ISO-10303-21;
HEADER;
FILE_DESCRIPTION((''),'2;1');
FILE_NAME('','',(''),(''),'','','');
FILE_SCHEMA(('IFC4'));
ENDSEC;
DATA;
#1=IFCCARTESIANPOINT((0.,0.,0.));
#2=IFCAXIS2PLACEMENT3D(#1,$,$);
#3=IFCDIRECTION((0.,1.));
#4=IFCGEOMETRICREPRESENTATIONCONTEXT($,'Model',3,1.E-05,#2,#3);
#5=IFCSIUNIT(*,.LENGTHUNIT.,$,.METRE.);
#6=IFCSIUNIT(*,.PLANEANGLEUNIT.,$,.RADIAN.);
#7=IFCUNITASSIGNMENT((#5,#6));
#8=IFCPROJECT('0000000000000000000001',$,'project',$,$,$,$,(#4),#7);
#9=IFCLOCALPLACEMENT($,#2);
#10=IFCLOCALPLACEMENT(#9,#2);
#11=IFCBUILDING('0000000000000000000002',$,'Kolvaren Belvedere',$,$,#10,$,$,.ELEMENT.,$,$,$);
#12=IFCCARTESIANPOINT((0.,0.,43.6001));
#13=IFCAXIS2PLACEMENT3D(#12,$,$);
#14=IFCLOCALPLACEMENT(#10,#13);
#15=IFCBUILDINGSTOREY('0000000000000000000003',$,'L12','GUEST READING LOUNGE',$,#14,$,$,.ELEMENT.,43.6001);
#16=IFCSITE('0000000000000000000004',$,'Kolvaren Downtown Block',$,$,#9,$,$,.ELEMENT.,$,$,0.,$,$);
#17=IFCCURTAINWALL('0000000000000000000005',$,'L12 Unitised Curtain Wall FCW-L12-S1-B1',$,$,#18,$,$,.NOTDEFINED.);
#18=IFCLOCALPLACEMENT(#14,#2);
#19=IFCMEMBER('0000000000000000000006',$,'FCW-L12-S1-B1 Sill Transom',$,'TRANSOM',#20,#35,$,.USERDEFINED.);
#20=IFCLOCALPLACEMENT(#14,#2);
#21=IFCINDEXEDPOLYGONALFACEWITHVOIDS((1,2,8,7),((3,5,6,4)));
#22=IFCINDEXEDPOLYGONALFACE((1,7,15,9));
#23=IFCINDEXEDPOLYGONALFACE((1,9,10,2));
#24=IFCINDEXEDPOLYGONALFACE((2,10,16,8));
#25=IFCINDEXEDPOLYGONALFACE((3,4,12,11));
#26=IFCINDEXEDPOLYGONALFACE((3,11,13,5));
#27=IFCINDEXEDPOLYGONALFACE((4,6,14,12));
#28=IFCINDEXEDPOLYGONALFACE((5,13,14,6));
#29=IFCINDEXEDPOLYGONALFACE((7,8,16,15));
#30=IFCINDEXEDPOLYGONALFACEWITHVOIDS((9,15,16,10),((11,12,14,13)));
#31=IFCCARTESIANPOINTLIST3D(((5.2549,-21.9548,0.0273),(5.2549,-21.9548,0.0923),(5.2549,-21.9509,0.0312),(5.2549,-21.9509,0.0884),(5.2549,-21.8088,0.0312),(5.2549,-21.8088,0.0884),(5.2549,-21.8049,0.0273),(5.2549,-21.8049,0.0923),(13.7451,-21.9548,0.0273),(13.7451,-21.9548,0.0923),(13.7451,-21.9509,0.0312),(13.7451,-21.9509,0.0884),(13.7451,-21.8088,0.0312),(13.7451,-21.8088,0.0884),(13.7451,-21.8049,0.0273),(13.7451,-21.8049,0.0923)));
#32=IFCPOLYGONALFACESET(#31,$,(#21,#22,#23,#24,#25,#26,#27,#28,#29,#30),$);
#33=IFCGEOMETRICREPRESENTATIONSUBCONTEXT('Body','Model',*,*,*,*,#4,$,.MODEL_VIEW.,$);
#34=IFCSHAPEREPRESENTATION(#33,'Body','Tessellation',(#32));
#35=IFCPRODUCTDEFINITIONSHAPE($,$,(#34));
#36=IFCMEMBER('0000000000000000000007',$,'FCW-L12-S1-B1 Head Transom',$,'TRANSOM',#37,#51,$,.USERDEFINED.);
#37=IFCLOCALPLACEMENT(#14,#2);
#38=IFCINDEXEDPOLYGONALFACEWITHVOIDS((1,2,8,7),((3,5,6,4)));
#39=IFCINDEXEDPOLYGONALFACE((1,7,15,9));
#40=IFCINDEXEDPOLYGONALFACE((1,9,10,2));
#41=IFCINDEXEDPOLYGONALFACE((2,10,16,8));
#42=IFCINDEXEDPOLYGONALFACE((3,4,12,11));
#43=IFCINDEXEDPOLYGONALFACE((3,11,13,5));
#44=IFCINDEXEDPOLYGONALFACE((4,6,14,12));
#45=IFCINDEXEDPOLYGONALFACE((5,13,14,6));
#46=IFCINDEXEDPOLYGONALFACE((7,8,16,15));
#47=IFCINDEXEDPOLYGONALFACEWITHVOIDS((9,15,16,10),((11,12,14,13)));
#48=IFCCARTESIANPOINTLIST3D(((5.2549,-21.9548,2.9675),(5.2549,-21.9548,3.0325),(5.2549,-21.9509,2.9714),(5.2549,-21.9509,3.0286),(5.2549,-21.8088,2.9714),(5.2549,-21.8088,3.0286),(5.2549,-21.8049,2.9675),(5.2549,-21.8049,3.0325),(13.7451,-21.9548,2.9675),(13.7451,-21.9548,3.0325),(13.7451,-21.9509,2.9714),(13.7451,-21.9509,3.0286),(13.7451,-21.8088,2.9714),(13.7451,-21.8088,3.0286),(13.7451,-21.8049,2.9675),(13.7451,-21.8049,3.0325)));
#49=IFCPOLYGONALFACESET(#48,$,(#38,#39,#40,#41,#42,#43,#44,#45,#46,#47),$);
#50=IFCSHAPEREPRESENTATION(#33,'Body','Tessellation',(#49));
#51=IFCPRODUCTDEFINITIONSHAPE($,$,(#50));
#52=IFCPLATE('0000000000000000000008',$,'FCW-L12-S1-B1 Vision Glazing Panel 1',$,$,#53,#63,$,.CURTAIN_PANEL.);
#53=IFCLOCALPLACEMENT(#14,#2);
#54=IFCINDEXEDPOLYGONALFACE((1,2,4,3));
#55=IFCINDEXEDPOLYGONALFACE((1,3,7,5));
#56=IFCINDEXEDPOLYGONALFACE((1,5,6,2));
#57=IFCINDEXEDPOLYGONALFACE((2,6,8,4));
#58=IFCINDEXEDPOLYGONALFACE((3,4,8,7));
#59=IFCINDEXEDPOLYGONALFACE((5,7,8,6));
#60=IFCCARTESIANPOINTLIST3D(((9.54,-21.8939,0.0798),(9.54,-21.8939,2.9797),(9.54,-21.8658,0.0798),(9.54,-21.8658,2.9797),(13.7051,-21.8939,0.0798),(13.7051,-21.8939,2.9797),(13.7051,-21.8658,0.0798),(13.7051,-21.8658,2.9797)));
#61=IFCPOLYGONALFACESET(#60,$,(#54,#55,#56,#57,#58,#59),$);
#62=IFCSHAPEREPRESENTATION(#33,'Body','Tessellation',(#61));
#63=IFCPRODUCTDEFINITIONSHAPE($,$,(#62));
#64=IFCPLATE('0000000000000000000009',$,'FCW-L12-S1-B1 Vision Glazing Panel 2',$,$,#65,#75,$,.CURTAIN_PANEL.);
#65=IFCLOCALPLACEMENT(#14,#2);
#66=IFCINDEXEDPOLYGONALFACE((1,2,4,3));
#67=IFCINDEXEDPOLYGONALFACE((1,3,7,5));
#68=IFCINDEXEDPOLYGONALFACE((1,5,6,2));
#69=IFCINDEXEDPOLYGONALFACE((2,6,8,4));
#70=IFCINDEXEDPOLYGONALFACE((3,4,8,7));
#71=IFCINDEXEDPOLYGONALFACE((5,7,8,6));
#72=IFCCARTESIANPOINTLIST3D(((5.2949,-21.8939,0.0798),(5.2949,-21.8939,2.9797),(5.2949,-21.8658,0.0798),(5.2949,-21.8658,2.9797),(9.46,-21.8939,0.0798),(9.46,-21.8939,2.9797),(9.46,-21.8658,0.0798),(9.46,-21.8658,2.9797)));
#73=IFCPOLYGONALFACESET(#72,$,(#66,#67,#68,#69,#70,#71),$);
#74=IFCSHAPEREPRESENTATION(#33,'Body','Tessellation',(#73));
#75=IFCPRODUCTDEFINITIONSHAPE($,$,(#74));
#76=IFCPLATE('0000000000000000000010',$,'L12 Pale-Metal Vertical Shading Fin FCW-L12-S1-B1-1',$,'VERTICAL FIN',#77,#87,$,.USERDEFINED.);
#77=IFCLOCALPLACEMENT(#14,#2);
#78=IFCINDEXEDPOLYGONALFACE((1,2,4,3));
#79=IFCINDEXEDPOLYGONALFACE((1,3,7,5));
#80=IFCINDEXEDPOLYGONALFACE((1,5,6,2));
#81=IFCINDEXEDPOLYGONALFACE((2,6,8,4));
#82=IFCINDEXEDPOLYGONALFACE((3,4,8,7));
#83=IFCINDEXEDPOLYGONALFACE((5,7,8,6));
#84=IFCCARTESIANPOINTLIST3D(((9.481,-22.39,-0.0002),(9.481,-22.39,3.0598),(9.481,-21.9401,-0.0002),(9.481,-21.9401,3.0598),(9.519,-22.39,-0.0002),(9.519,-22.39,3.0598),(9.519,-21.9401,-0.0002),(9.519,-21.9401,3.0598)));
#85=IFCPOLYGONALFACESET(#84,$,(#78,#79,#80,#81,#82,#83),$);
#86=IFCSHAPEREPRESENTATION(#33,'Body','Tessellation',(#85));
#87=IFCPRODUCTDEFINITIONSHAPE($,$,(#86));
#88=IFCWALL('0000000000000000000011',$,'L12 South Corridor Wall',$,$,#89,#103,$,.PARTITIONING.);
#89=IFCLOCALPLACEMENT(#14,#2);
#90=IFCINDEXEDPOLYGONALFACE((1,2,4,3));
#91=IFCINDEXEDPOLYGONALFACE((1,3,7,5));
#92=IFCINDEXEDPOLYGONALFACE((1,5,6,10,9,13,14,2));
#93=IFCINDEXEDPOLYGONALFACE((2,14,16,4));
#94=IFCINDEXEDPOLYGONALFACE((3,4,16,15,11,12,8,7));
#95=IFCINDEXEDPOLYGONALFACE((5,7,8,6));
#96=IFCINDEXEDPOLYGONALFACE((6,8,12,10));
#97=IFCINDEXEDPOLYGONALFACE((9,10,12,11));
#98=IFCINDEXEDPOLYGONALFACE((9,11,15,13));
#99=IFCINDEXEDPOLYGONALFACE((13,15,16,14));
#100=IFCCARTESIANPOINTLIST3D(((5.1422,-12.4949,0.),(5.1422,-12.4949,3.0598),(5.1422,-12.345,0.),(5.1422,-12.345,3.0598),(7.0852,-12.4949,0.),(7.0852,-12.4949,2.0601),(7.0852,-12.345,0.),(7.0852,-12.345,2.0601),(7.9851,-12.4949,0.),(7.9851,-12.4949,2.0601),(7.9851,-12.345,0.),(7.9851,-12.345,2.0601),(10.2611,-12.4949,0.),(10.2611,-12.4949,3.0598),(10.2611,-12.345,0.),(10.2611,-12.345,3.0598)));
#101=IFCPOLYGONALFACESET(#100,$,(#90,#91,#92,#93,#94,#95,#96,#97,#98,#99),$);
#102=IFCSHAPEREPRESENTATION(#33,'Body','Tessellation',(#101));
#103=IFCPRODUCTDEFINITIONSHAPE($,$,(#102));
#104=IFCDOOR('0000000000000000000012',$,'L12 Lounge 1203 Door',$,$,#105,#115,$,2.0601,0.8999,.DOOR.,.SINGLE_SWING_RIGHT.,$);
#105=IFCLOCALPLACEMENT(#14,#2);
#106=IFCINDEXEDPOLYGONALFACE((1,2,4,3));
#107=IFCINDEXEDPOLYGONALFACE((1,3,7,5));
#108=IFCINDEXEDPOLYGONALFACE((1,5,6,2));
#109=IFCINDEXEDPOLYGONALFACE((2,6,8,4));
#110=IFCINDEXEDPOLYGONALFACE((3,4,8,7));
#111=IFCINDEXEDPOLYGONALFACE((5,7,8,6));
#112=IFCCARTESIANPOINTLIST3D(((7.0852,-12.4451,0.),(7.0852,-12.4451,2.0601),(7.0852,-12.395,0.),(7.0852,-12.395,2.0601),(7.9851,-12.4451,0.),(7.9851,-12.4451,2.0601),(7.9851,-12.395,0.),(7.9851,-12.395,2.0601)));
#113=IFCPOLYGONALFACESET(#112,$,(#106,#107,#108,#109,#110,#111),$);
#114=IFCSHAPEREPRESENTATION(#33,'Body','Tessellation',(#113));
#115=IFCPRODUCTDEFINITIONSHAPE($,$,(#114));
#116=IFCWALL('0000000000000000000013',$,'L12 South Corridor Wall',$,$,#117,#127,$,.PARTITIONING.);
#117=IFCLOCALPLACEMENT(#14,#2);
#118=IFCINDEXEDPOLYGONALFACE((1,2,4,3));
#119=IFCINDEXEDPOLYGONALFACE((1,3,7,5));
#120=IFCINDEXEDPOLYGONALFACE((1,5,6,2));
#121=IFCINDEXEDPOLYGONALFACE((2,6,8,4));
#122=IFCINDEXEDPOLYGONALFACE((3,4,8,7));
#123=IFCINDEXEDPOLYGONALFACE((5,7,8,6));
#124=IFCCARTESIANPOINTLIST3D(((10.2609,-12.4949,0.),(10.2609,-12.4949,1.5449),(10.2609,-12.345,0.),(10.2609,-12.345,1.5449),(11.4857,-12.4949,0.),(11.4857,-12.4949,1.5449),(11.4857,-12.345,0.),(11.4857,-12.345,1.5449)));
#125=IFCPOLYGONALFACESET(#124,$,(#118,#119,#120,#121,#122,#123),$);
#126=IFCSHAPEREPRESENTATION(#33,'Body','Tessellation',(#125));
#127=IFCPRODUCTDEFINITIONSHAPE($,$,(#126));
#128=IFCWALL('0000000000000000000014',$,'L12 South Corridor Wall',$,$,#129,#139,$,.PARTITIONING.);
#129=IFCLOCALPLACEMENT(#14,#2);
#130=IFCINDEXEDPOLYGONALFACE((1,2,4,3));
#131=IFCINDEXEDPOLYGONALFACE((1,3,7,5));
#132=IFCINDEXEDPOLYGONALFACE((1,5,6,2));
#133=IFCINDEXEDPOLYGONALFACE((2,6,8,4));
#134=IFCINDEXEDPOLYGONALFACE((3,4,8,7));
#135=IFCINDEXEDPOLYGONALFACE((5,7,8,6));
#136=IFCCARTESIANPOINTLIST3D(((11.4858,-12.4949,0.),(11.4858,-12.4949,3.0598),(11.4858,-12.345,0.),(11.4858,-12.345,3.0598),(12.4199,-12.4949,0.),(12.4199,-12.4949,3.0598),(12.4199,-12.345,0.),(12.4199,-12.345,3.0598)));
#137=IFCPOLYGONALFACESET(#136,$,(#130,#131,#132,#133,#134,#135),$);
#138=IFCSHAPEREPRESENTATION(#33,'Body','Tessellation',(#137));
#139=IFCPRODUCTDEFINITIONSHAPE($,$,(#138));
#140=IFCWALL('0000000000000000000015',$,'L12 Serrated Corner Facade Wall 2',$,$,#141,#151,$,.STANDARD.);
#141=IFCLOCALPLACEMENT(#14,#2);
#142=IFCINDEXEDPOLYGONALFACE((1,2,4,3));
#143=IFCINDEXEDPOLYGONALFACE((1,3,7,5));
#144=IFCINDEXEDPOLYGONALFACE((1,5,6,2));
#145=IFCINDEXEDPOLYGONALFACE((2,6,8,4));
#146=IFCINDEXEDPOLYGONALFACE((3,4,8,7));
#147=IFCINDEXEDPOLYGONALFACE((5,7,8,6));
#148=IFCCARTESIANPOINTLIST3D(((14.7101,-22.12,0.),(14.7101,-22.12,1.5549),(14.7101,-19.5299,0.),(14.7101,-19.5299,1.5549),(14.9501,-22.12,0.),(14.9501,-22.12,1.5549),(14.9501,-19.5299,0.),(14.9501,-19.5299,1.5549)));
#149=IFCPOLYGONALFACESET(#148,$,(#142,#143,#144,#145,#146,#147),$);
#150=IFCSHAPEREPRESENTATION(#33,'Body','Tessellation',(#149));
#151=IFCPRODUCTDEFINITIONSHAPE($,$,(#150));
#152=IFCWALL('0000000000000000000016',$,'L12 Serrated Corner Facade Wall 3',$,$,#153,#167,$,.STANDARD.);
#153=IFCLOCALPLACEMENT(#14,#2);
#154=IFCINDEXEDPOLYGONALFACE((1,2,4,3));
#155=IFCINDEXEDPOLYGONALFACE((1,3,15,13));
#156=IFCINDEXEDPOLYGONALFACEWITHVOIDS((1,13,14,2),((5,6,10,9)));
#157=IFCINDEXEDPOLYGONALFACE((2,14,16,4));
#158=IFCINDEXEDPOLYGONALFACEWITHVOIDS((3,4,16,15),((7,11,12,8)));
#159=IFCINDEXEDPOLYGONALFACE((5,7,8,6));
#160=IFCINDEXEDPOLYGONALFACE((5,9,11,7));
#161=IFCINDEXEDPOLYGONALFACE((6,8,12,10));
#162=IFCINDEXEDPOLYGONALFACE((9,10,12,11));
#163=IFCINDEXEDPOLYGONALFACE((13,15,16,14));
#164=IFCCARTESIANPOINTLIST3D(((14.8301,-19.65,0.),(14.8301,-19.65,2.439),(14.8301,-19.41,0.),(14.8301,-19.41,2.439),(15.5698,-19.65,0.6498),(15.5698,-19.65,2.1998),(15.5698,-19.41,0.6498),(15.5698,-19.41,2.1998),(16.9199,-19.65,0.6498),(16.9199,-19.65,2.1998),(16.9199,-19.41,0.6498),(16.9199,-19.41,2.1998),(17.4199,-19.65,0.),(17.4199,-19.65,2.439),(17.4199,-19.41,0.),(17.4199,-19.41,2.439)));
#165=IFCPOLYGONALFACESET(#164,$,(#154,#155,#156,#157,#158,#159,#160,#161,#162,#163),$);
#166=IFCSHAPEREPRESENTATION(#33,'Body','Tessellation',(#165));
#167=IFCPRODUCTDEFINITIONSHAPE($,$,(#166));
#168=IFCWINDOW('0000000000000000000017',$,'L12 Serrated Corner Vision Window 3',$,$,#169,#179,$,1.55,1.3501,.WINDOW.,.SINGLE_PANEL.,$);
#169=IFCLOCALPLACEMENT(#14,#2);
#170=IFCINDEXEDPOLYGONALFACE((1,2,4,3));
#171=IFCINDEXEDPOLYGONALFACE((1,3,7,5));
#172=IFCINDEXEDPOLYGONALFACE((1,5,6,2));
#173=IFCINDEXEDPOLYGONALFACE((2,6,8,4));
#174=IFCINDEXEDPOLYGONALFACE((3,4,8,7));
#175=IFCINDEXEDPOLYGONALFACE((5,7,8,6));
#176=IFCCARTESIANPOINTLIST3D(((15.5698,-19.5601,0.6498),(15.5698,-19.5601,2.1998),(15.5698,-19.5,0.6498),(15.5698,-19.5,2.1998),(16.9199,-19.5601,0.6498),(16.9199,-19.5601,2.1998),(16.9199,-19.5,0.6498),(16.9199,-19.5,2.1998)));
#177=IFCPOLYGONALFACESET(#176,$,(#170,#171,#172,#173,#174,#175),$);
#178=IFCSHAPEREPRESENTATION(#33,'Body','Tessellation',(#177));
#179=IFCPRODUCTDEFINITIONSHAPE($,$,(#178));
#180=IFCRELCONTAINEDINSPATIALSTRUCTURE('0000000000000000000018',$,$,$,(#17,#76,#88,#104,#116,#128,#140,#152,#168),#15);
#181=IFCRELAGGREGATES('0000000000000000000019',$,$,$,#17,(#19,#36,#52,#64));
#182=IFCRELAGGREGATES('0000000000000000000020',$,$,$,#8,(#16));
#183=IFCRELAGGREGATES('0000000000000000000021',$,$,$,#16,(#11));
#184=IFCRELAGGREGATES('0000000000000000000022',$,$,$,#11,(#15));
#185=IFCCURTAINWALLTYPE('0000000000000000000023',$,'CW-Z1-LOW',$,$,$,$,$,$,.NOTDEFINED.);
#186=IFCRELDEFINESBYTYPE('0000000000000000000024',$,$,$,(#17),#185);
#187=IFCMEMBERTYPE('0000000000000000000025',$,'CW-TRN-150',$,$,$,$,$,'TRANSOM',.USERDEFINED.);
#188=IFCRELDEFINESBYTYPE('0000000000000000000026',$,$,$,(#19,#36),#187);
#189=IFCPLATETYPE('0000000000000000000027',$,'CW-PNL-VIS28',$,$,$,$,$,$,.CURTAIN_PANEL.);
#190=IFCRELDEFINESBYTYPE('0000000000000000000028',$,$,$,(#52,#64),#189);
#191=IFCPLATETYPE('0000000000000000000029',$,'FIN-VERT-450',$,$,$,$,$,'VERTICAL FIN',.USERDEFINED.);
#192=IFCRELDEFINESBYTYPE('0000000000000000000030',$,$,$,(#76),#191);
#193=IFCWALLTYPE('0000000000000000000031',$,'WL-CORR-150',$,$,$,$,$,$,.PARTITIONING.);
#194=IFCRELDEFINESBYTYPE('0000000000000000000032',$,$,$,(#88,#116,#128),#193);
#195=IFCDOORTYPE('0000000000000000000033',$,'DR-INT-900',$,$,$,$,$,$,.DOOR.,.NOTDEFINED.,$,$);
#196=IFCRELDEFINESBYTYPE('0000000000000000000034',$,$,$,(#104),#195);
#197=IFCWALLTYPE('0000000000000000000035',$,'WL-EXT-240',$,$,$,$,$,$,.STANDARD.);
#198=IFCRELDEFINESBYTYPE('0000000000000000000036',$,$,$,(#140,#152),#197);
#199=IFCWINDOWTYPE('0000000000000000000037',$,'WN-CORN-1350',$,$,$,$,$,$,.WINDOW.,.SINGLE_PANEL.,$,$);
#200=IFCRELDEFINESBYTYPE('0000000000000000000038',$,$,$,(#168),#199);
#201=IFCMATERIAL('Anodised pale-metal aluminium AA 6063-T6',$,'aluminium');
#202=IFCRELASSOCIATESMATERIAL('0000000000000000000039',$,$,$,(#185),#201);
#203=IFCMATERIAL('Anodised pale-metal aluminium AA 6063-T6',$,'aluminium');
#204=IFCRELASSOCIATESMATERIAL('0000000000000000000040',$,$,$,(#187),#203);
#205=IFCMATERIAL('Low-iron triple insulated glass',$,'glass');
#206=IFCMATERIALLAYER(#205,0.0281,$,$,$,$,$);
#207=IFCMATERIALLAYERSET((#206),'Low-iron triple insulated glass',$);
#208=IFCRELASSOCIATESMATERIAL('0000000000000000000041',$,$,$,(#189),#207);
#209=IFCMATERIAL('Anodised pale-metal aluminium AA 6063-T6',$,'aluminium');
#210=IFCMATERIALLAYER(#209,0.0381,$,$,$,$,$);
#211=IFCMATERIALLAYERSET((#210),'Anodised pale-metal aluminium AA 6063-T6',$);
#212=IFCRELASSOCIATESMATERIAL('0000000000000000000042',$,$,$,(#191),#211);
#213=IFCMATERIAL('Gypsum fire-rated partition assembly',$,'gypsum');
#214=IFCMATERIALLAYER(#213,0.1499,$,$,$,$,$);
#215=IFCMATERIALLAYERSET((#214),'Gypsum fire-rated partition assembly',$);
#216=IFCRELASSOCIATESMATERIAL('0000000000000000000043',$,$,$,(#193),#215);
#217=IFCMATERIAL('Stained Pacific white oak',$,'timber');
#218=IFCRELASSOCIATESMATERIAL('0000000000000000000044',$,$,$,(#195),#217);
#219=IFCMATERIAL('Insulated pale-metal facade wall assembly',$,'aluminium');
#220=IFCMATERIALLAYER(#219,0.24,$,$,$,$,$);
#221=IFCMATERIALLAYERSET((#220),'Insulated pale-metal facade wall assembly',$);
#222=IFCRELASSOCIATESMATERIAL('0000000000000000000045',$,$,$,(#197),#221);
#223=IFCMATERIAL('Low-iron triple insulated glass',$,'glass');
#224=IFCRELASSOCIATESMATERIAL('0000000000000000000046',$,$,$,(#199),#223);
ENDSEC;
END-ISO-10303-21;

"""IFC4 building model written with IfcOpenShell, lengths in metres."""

from ifc_helpers import new_model, si_unit, direction, frame, frame_2d, origin, origin_2d, place, context, subcontext, project, spatial, rectangle, hollow_rectangle, extrude, material, layer, layer_set, material_profile, profile_set, type_object, element, fill, aggregate, save


model = new_model("IFC4")

# Units and contexts
model_context = context("Model", 3, precision=1e-05, world=origin(), true_north=direction((0.0, 1.0)))
body_context = subcontext(model_context, "Body", "Model", "MODEL_VIEW")
ifc_project = project(units=[si_unit("LENGTHUNIT", "METRE"), si_unit("PLANEANGLEUNIT", "RADIAN")], contexts=[model_context])

# Site, building, storey
site_placement = place(None, origin())
site = spatial("IfcSite", under=ifc_project, at=site_placement, Name="Kolvaren Downtown Block", CompositionType="ELEMENT", RefElevation=0.0)
building_placement = place(site_placement, origin())
building = spatial("IfcBuilding", under=site, at=building_placement, Name="Kolvaren Belvedere", CompositionType="ELEMENT")
storey_placement = place(building_placement, frame((0.0, 0.0, 43.6001)))
storey = spatial("IfcBuildingStorey", under=building, at=storey_placement, Name="L12", Description="GUEST READING LOUNGE", CompositionType="ELEMENT", Elevation=43.6001)

# Curtain wall
ifc_material_1 = material(Name="Anodised pale-metal aluminium AA 6063-T6", Category="aluminium")
curtain_wall_type = type_object("IfcCurtainWallType", Name="CW-Z1-LOW", PredefinedType="NOTDEFINED", material=ifc_material_1)
curtain_wall_1_placement = place(storey_placement, origin())
curtain_wall_1 = element("IfcCurtainWall", 1, at=curtain_wall_1_placement, inside=storey, type_object=curtain_wall_type, Name="L12 Unitised Curtain Wall FCW-L12-S1-B1", PredefinedType="NOTDEFINED")

# Members
ifc_material_2 = material(Name="Anodised pale-metal aluminium AA 6063-T6", Category="aluminium")
ifc_material_profile_1 = material_profile(ifc_material_2, hollow_rectangle(XDim=0.0649, YDim=0.1499, WallThickness=0.0039, at=origin_2d()), Name="ALU-TRN-150X65")
ifc_profile_set_1 = profile_set([ifc_material_profile_1], Name="Anodised pale-metal aluminium AA 6063-T6")
member_type_1 = type_object("IfcMemberType", Name="CW-TRN-150", ElementType="TRANSOM", PredefinedType="USERDEFINED", material=ifc_profile_set_1)
member_1_placement = place(storey_placement, frame((13.7451, -21.8799, 0.0598), z_axis=(-1.0, 0.0, 0.0), x_axis=(0.0, 0.0, 1.0)))
member_1 = element("IfcMember", 2, at=member_1_placement, type_object=member_type_1, Name="FCW-L12-S1-B1 Sill Transom", ObjectType="TRANSOM", PredefinedType="USERDEFINED", context=body_context, shape_type="SweptSolid", body=[
    extrude(hollow_rectangle(XDim=0.0649, YDim=0.1499, WallThickness=0.0039, at=origin_2d()), origin(), (0.0, 0.0, 1.0), 8.4902),
])
member_2_placement = place(storey_placement, frame((13.7451, -21.8799, 3.0), z_axis=(-1.0, 0.0, 0.0), x_axis=(0.0, 0.0, 1.0)))
member_2 = element("IfcMember", 3, at=member_2_placement, type_object=member_type_1, Name="FCW-L12-S1-B1 Head Transom", ObjectType="TRANSOM", PredefinedType="USERDEFINED", context=body_context, shape_type="SweptSolid", body=[
    extrude(hollow_rectangle(XDim=0.0649, YDim=0.1499, WallThickness=0.0039, at=origin_2d()), origin(), (0.0, 0.0, 1.0), 8.4902),
])

# Plates
ifc_material_3 = material(Name="Low-iron triple insulated glass", Category="glass")
ifc_layer_1 = layer(ifc_material_3, 0.0281)
ifc_layer_set_1 = layer_set([ifc_layer_1], Name="Low-iron triple insulated glass")
plate_type_1 = type_object("IfcPlateType", Name="CW-PNL-VIS28", PredefinedType="CURTAIN_PANEL", material=ifc_layer_set_1)
plate_1_placement = place(storey_placement, frame((11.6226, -21.8799, 0.0798), z_axis=(0.0, 0.0, 1.0), x_axis=(-1.0, 0.0, 0.0)))
plate_1 = element("IfcPlate", 4, at=plate_1_placement, type_object=plate_type_1, Name="FCW-L12-S1-B1 Vision Glazing Panel 1", PredefinedType="CURTAIN_PANEL", context=body_context, shape_type="SweptSolid", body=[
    extrude(rectangle(XDim=4.165, YDim=0.0281, at=origin_2d()), origin(), (0.0, 0.0, 1.0), 2.8999),
])
plate_2_placement = place(storey_placement, frame((7.3774, -21.8799, 0.0798), z_axis=(0.0, 0.0, 1.0), x_axis=(-1.0, 0.0, 0.0)))
plate_2 = element("IfcPlate", 5, at=plate_2_placement, type_object=plate_type_1, Name="FCW-L12-S1-B1 Vision Glazing Panel 2", PredefinedType="CURTAIN_PANEL", context=body_context, shape_type="SweptSolid", body=[
    extrude(rectangle(XDim=4.165, YDim=0.0281, at=origin_2d()), origin(), (0.0, 0.0, 1.0), 2.8999),
])
aggregate(curtain_wall_1, [member_1, member_2, plate_1, plate_2])
ifc_material_4 = material(Name="Anodised pale-metal aluminium AA 6063-T6", Category="aluminium")
ifc_layer_2 = layer(ifc_material_4, 0.0381)
ifc_layer_set_2 = layer_set([ifc_layer_2], Name="Anodised pale-metal aluminium AA 6063-T6")
plate_type_2 = type_object("IfcPlateType", Name="FIN-VERT-450", ElementType="VERTICAL FIN", PredefinedType="USERDEFINED", material=ifc_layer_set_2)
plate_3_placement = place(storey_placement, frame((9.5, -22.165, -0.0002), z_axis=(0.0, 0.0, 1.0), x_axis=(0.0, 1.0, 0.0)))
element("IfcPlate", 6, at=plate_3_placement, inside=storey, type_object=plate_type_2, Name="L12 Pale-Metal Vertical Shading Fin FCW-L12-S1-B1-1", ObjectType="VERTICAL FIN", PredefinedType="USERDEFINED", context=body_context, shape_type="SweptSolid", body=[
    extrude(rectangle(XDim=0.45, YDim=0.0381, at=origin_2d()), origin(), (0.0, 0.0, 1.0), 3.0601),
])

# Wall, opening, door
ifc_material_5 = material(Name="Gypsum fire-rated partition assembly", Category="gypsum")
ifc_layer_3 = layer(ifc_material_5, 0.1499)
ifc_layer_set_3 = layer_set([ifc_layer_3], Name="Gypsum fire-rated partition assembly")
wall_type_1 = type_object("IfcWallType", Name="WL-CORR-150", PredefinedType="PARTITIONING", material=ifc_layer_set_3)
wall_1_placement = place(storey_placement, frame((5.1421, -12.4199, 0.0), z_axis=(0.0, 0.0, 1.0), x_axis=(1.0, 0.0, 0.0)))
wall_1 = element("IfcWall", 7, at=wall_1_placement, inside=storey, type_object=wall_type_1, Name="L12 South Corridor Wall", PredefinedType="PARTITIONING", context=body_context, shape_type="SweptSolid", body=[
    extrude(rectangle(XDim=5.1189, YDim=0.1499, at=frame_2d((2.5596, 0.0))), origin(), (0.0, 0.0, 1.0), 3.0598),
])
opening_1_placement = place(wall_1_placement, frame((1.9431, 0.0, 0.0)))
opening_1 = element("IfcOpeningElement", 8, at=opening_1_placement, cuts=wall_1, PredefinedType="OPENING", context=body_context, shape_type="SweptSolid", body=[
    extrude(rectangle(XDim=0.8999, YDim=2.0601, at=frame_2d((0.45, 1.03))), frame((0.0, 0.085, 0.0), z_axis=(0.0, -1.0, 0.0), x_axis=(1.0, 0.0, 0.0)), (0.0, 0.0, 1.0), 0.1699),
])
ifc_material_6 = material(Name="Stained Pacific white oak", Category="timber")
door_type = type_object("IfcDoorType", Name="DR-INT-900", OperationType="NOTDEFINED", PredefinedType="DOOR", material=ifc_material_6)
door_placement = place(opening_1_placement, origin())
door = element("IfcDoor", 9, at=door_placement, inside=storey, type_object=door_type, Name="L12 Lounge 1203 Door", OperationType="SINGLE_SWING_RIGHT", OverallHeight=2.0601, OverallWidth=0.8999, PredefinedType="DOOR", context=body_context, shape_type="SweptSolid", body=[
    extrude(rectangle(XDim=0.8999, YDim=2.0601, at=frame_2d((0.45, 1.03))), frame((0.0, 0.0249, 0.0), z_axis=(0.0, -1.0, 0.0), x_axis=(1.0, 0.0, 0.0)), (0.0, 0.0, 1.0), 0.05),
])
fill(opening_1, door)

# Walls
wall_2_placement = place(storey_placement, frame((10.261, -12.4199, 0.0), z_axis=(0.0, 0.0, 1.0), x_axis=(1.0, 0.0, 0.0)))
element("IfcWall", 10, at=wall_2_placement, inside=storey, type_object=wall_type_1, Name="L12 South Corridor Wall", PredefinedType="PARTITIONING", context=body_context, shape_type="SweptSolid", body=[
    extrude(rectangle(XDim=1.2249, YDim=0.1499, at=frame_2d((0.6123, 0.0))), origin(), (0.0, 0.0, 1.0), 1.5449),
])
wall_3_placement = place(storey_placement, frame((11.4858, -12.4199, 0.0), z_axis=(0.0, 0.0, 1.0), x_axis=(1.0, 0.0, 0.0)))
element("IfcWall", 11, at=wall_3_placement, inside=storey, type_object=wall_type_1, Name="L12 South Corridor Wall", PredefinedType="PARTITIONING", context=body_context, shape_type="SweptSolid", body=[
    extrude(rectangle(XDim=0.9341, YDim=0.1499, at=frame_2d((0.467, 0.0))), origin(), (0.0, 0.0, 1.0), 3.0598),
])
ifc_material_7 = material(Name="Insulated pale-metal facade wall assembly", Category="aluminium")
ifc_layer_4 = layer(ifc_material_7, 0.24)
ifc_layer_set_4 = layer_set([ifc_layer_4], Name="Insulated pale-metal facade wall assembly")
wall_type_2 = type_object("IfcWallType", Name="WL-EXT-240", PredefinedType="STANDARD", material=ifc_layer_set_4)
wall_4_placement = place(storey_placement, frame((14.8301, -19.53, 0.0), z_axis=(0.0, 0.0, 1.0), x_axis=(0.0, -1.0, 0.0)))
element("IfcWall", 12, at=wall_4_placement, inside=storey, type_object=wall_type_2, Name="L12 Serrated Corner Facade Wall 2", PredefinedType="STANDARD", context=body_context, shape_type="SweptSolid", body=[
    extrude(rectangle(XDim=2.5901, YDim=0.24, at=frame_2d((1.2949, 0.0))), origin(), (0.0, 0.0, 1.0), 1.5549),
])

# Wall, opening, window
wall_5_placement = place(storey_placement, frame((17.4199, -19.53, 0.0), z_axis=(0.0, 0.0, 1.0), x_axis=(-1.0, 0.0, 0.0)))
wall_5 = element("IfcWall", 13, at=wall_5_placement, inside=storey, type_object=wall_type_2, Name="L12 Serrated Corner Facade Wall 3", PredefinedType="STANDARD", context=body_context, shape_type="SweptSolid", body=[
    extrude(rectangle(XDim=2.5898, YDim=0.24, at=frame_2d((1.2949, 0.0))), origin(), (0.0, 0.0, 1.0), 2.439),
])
opening_2_placement = place(wall_5_placement, frame((0.5, 0.0, 0.6499)))
opening_2 = element("IfcOpeningElement", 14, at=opening_2_placement, cuts=wall_5, PredefinedType="OPENING", context=body_context, shape_type="SweptSolid", body=[
    extrude(rectangle(XDim=1.3501, YDim=1.55, at=frame_2d((0.675, 0.7749))), frame((0.0, 0.1299, 0.0), z_axis=(0.0, -1.0, 0.0), x_axis=(1.0, 0.0, 0.0)), (0.0, 0.0, 1.0), 0.26),
])
ifc_material_8 = material(Name="Low-iron triple insulated glass", Category="glass")
window_type = type_object("IfcWindowType", Name="WN-CORN-1350", PartitioningType="SINGLE_PANEL", PredefinedType="WINDOW", material=ifc_material_8)
window_1_placement = place(opening_2_placement, origin())
window_1 = element("IfcWindow", 15, at=window_1_placement, inside=storey, type_object=window_type, Name="L12 Serrated Corner Vision Window 3", OverallHeight=1.55, OverallWidth=1.3501, PartitioningType="SINGLE_PANEL", PredefinedType="WINDOW", context=body_context, shape_type="SweptSolid", body=[
    extrude(rectangle(XDim=1.3501, YDim=1.55, at=frame_2d((0.675, 0.7749))), frame((0.0, 0.03, 0.0), z_axis=(0.0, -1.0, 0.0), x_axis=(1.0, 0.0, 0.0)), (0.0, 0.0, 1.0), 0.0601),
])
fill(opening_2, window_1)

save(model, "model.ifc")
